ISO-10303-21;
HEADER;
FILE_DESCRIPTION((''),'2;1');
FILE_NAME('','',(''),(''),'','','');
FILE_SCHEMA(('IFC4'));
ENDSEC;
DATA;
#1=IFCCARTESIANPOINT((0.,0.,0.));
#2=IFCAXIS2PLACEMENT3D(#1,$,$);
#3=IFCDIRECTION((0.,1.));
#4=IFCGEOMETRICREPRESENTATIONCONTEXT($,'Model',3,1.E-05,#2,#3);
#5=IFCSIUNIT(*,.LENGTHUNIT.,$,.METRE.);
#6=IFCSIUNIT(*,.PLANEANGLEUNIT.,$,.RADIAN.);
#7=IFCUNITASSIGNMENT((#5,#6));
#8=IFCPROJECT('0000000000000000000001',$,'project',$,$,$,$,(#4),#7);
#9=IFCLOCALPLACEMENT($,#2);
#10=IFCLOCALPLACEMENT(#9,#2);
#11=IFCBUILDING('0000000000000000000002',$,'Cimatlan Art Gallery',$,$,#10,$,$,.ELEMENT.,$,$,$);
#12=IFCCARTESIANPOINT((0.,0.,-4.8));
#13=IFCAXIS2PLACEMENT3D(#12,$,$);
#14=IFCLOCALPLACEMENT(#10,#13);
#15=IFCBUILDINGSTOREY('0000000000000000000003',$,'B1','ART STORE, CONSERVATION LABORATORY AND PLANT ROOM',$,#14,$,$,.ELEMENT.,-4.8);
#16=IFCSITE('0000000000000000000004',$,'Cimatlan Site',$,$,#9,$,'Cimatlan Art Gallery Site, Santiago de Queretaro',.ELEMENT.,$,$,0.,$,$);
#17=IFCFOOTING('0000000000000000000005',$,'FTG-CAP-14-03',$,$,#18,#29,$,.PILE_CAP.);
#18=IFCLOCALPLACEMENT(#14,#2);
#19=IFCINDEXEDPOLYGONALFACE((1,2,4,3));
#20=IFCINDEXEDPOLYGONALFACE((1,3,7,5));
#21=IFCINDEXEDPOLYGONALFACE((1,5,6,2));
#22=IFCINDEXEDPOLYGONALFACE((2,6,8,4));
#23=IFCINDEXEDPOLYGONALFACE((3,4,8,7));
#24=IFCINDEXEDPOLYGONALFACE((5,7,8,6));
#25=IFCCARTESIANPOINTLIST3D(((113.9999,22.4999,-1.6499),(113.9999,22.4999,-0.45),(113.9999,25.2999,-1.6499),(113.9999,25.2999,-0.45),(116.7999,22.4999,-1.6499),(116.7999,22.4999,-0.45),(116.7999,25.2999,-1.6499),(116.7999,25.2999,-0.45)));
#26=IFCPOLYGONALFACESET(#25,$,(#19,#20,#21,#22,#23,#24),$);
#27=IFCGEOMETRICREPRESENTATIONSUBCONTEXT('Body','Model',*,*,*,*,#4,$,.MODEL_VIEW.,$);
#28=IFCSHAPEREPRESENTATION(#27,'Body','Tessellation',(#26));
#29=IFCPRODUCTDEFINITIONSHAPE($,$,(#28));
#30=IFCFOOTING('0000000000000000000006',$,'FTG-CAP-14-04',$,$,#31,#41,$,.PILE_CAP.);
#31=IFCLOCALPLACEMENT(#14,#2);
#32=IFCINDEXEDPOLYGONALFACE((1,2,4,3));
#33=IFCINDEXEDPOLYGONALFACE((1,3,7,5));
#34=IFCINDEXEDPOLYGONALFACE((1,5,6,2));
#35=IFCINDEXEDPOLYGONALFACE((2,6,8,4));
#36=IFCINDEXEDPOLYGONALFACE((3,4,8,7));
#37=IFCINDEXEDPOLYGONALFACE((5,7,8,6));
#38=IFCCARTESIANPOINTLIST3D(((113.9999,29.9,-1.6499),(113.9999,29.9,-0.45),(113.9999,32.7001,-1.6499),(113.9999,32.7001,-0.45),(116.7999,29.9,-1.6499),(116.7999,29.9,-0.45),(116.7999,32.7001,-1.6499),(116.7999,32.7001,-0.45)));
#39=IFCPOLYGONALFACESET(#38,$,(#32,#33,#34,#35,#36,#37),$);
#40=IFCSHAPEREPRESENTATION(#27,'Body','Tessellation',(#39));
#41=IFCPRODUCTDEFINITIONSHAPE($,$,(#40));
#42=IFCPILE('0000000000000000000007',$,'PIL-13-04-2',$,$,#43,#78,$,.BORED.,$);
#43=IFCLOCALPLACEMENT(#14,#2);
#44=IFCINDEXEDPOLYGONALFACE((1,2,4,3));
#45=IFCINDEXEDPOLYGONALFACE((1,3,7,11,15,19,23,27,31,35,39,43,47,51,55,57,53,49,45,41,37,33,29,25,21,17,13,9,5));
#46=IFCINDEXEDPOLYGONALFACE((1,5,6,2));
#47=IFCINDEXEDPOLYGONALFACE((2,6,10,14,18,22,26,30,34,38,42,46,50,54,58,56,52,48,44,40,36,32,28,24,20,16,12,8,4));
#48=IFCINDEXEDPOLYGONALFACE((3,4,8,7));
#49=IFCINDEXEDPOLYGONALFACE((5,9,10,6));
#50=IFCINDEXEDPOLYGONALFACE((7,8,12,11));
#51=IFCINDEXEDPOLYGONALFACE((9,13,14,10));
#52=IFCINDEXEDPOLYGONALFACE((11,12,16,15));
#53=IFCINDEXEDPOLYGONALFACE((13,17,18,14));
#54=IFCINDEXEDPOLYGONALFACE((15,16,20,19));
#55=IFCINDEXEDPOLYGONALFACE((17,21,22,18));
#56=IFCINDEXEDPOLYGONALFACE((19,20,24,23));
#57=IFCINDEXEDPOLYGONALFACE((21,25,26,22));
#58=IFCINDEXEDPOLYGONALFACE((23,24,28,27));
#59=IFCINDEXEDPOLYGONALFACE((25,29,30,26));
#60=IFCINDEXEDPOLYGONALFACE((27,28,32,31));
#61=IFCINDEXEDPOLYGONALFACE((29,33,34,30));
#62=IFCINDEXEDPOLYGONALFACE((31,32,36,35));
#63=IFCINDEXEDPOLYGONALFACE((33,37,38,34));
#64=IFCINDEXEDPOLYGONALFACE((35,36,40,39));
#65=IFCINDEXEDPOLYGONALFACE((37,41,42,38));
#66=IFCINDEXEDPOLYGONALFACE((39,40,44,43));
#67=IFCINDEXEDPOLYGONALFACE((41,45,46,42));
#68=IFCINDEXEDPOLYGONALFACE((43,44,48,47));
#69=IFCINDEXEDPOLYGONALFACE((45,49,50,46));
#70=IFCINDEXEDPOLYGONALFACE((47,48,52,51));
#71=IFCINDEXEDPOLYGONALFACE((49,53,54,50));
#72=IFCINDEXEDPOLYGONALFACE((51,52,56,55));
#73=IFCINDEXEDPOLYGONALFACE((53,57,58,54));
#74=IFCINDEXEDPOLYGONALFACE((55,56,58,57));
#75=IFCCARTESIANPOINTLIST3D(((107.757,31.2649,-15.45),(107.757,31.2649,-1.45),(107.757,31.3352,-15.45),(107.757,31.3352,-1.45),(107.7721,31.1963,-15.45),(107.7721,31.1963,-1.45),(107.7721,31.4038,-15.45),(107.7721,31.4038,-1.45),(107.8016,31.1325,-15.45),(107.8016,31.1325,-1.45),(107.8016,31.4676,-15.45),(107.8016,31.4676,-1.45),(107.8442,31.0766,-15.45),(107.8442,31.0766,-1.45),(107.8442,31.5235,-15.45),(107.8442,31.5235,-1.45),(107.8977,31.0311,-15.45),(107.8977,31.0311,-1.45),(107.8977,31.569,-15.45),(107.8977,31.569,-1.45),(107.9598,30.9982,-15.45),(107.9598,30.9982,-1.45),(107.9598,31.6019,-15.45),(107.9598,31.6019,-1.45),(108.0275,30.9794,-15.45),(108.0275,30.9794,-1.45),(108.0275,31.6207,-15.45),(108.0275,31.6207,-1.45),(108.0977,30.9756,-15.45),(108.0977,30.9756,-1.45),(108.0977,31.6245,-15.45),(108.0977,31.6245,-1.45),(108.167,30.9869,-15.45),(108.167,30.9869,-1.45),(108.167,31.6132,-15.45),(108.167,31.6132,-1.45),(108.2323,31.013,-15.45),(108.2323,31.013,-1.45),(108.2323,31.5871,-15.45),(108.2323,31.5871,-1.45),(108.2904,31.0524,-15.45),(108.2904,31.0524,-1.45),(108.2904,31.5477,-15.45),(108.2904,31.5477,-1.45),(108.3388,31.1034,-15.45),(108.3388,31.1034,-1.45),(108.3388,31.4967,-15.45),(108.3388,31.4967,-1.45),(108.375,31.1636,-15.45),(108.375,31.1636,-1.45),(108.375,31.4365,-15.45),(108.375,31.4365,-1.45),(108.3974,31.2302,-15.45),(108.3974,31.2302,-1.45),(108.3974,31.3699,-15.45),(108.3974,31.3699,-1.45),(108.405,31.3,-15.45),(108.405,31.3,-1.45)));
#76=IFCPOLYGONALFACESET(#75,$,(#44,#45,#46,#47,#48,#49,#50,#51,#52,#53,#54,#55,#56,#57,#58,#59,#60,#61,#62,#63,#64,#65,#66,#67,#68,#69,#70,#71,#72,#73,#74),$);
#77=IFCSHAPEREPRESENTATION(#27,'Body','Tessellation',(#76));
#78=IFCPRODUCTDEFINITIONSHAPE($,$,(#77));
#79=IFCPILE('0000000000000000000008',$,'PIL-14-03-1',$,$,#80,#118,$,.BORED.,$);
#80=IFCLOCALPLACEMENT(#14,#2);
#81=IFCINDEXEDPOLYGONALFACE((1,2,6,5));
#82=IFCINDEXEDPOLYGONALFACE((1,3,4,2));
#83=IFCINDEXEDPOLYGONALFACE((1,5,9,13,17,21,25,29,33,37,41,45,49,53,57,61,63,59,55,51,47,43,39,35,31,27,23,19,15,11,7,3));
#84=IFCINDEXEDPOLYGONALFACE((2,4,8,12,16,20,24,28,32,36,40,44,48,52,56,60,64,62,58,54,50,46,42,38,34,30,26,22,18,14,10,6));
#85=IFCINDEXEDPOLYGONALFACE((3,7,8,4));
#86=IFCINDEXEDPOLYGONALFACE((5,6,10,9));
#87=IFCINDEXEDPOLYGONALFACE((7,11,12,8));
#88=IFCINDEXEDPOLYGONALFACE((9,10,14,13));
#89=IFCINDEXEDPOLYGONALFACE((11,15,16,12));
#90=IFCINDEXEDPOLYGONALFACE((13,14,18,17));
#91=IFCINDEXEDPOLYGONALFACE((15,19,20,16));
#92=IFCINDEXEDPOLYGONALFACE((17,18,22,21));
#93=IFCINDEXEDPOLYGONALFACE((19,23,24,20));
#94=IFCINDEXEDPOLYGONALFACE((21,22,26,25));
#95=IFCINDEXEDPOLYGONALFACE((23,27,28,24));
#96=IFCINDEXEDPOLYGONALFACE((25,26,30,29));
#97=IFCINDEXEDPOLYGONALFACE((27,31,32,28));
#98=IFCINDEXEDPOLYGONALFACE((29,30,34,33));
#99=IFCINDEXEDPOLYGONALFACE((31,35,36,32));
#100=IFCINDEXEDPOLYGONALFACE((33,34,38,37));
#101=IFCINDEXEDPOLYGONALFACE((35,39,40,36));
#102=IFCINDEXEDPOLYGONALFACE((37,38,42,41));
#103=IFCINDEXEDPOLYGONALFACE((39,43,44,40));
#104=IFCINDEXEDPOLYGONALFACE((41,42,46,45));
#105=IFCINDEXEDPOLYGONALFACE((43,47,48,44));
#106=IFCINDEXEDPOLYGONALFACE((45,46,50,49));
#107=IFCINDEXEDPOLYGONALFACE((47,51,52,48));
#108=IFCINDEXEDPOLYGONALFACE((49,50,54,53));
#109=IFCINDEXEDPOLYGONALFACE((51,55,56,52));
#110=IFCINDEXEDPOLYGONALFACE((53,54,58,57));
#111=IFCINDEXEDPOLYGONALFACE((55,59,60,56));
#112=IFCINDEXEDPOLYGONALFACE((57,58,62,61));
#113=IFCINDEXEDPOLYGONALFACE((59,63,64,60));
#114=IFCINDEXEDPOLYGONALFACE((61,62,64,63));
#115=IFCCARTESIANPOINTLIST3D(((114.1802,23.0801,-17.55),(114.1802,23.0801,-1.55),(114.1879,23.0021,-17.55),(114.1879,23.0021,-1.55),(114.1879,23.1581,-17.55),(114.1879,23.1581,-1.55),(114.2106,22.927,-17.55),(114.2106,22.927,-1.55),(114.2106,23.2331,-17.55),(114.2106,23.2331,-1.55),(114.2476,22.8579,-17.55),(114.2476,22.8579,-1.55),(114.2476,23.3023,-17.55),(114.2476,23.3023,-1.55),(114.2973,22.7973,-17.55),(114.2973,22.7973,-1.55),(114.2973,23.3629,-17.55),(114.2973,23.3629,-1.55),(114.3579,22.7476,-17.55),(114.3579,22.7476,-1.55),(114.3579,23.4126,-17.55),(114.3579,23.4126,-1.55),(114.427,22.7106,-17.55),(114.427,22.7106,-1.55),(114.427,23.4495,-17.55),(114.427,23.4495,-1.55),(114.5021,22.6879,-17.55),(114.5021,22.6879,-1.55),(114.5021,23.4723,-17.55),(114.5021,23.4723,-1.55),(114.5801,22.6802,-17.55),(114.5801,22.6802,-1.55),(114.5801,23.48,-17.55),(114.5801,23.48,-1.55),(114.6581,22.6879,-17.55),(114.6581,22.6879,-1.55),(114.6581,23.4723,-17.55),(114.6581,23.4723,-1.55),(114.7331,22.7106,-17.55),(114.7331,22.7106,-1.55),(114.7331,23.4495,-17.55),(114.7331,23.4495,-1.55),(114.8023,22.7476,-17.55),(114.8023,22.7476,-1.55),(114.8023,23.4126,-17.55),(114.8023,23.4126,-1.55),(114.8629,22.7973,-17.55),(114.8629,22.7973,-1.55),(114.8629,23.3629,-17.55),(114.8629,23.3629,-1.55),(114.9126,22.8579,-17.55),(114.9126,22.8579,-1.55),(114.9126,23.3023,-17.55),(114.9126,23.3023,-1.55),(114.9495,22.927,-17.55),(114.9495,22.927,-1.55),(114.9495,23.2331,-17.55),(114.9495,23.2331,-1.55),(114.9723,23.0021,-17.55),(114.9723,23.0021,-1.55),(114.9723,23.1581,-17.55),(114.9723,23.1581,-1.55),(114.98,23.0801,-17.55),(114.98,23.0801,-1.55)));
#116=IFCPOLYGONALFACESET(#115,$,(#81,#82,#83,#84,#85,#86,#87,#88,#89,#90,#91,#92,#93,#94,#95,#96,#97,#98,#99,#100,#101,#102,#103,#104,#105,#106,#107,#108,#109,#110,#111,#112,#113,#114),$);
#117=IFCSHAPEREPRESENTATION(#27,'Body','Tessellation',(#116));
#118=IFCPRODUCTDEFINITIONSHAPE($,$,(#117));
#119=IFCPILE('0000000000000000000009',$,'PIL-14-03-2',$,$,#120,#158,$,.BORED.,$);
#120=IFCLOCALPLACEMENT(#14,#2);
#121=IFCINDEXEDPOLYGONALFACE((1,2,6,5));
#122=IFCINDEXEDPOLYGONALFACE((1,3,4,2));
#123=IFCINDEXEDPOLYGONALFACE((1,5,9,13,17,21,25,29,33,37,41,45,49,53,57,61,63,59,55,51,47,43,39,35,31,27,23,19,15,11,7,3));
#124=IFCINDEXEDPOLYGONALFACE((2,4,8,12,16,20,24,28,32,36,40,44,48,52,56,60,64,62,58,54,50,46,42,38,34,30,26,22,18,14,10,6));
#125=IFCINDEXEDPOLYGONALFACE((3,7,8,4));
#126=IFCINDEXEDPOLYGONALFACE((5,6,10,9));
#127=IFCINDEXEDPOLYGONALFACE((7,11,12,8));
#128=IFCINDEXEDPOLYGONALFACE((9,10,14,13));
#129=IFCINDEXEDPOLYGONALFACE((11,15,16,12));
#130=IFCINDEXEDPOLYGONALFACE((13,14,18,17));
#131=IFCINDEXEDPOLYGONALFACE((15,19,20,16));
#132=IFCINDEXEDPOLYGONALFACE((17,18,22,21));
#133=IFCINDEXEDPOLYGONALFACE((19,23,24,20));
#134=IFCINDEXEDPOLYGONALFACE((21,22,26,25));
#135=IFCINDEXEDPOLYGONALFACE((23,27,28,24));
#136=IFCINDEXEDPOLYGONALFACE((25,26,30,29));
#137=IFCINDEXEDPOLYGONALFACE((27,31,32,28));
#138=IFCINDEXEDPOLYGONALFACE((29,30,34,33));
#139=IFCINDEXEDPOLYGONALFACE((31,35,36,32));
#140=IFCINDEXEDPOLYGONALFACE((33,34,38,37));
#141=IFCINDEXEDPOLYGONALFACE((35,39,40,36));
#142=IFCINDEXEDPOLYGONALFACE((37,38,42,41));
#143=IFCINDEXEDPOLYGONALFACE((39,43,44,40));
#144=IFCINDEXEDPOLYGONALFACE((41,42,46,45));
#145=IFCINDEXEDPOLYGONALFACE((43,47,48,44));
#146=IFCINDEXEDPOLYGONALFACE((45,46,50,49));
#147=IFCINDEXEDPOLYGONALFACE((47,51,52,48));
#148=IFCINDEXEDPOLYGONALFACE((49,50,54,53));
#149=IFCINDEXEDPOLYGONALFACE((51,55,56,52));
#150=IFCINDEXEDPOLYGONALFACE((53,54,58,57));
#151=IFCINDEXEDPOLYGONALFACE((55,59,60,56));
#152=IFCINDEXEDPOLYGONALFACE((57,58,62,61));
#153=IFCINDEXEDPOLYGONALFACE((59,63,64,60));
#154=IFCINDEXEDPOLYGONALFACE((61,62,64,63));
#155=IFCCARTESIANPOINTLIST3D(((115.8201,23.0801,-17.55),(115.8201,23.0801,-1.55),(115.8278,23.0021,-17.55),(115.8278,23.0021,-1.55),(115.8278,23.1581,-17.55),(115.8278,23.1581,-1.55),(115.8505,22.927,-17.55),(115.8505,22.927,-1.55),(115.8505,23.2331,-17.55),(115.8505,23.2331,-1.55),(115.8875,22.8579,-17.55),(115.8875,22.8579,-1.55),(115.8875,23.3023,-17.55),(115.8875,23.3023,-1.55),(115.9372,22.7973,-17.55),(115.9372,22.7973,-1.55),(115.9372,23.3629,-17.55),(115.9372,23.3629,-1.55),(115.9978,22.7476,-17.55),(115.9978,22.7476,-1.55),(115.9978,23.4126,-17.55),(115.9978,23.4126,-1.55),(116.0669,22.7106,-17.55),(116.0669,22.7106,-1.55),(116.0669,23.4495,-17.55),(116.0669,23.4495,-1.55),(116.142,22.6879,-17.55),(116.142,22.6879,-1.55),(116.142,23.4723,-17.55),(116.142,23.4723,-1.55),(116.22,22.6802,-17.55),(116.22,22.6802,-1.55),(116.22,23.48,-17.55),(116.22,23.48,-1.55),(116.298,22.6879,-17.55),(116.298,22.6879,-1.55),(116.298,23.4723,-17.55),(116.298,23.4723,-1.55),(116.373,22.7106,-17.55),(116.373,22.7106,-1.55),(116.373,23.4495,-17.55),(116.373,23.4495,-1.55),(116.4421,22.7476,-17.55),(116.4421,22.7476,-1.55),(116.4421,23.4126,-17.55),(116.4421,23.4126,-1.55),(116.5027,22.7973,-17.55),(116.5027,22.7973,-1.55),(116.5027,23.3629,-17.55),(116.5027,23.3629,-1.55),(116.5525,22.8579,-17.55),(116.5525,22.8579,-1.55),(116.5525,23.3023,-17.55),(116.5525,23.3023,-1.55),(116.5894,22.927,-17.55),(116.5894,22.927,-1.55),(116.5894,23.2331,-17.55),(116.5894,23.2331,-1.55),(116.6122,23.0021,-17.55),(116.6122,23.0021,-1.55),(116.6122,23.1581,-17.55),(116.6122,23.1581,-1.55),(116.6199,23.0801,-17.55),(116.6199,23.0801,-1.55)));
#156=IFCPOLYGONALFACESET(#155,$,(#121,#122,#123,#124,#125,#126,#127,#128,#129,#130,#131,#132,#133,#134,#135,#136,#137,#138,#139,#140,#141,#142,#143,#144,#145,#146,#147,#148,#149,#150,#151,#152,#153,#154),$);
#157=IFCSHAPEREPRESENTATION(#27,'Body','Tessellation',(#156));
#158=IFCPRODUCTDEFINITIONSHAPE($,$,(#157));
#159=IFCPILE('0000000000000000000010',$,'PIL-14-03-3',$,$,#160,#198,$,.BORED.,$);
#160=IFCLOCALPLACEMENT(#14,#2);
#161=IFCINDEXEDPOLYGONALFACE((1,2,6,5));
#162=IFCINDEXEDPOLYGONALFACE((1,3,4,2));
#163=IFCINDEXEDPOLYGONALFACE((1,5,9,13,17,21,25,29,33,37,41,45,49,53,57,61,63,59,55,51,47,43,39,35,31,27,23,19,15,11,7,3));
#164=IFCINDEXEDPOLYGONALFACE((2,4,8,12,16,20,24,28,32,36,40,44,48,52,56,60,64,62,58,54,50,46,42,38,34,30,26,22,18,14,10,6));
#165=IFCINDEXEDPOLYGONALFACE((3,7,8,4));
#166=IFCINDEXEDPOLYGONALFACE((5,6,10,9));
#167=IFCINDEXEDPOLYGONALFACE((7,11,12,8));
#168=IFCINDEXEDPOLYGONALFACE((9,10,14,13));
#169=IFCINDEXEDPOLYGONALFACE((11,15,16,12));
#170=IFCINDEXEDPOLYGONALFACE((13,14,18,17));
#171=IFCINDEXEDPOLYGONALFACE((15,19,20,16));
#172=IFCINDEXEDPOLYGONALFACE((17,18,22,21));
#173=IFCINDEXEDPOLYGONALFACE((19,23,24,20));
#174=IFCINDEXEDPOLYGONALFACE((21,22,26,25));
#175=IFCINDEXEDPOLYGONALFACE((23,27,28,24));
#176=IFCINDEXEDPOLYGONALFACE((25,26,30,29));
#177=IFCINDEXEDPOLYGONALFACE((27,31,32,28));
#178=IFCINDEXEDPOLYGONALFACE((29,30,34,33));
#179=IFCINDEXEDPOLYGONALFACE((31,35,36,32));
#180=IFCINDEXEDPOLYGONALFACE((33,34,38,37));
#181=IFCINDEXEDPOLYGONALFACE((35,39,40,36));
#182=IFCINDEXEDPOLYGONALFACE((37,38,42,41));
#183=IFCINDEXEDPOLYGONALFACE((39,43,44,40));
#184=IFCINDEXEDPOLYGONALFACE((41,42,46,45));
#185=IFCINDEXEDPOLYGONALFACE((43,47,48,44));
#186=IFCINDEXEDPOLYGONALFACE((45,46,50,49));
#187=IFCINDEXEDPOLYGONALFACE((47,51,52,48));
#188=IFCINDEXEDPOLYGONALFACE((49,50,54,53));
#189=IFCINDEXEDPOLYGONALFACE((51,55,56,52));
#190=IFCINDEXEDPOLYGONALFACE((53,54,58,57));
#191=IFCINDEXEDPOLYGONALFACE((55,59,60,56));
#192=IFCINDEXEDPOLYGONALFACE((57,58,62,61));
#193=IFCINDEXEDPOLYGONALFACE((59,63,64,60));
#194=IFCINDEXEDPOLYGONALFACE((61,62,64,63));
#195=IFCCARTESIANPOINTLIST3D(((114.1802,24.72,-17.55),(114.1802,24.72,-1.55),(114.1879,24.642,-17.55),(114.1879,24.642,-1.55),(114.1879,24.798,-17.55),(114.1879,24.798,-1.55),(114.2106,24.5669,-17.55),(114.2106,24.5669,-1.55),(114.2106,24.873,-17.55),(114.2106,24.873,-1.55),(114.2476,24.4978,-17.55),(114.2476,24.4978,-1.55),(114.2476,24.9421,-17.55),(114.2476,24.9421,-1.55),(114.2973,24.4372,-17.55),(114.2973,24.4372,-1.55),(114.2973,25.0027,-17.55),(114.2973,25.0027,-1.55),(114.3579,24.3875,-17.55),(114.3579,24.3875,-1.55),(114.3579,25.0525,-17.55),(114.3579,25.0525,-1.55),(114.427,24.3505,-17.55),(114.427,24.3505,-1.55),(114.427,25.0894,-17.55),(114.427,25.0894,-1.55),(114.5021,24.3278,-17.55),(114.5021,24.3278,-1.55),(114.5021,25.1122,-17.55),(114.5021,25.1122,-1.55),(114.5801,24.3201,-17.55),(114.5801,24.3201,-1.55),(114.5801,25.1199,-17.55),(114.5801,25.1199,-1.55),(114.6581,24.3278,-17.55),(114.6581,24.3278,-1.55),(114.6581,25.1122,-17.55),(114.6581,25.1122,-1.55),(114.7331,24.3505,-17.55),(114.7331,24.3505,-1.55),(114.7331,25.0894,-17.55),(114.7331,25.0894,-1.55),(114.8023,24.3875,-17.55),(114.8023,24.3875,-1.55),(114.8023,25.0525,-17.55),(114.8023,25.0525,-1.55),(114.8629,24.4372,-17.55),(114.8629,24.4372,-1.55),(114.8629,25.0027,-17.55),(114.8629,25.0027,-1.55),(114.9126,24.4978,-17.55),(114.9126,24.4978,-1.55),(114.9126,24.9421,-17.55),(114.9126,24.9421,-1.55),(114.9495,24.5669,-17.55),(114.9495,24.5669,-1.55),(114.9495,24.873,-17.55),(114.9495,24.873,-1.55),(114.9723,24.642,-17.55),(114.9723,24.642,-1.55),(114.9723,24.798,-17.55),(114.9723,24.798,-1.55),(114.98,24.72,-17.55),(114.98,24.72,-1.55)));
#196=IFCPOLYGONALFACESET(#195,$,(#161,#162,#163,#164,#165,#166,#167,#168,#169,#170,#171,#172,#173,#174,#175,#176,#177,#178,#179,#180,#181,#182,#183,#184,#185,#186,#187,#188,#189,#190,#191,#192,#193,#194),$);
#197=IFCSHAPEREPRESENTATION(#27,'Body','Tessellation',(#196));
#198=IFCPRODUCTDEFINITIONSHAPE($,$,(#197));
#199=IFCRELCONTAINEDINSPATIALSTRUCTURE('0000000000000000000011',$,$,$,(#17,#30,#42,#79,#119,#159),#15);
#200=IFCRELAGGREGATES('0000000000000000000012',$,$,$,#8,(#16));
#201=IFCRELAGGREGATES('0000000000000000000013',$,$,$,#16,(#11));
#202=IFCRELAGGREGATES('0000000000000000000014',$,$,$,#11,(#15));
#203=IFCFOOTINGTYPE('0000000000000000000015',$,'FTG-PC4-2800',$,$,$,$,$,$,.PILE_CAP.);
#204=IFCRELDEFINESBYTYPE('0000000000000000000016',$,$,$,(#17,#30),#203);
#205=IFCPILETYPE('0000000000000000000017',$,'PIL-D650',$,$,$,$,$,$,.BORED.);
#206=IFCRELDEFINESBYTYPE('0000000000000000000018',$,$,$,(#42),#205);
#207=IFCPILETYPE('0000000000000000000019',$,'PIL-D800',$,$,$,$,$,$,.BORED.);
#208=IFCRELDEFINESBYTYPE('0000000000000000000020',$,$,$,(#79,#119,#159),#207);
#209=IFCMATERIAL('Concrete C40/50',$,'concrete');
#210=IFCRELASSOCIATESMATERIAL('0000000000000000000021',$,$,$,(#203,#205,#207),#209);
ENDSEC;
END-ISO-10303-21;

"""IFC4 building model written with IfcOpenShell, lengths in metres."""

from ifc_helpers import new_model, si_unit, direction, frame, origin, origin_2d, place, context, subcontext, project, spatial, rectangle, circle, extrude, material, type_object, element, save


model = new_model("IFC4")

# Units and contexts
model_context = context("Model", 3, precision=1e-05, world=origin(), true_north=direction((0.0, 1.0)))
body_context = subcontext(model_context, "Body", "Model", "MODEL_VIEW")
ifc_project = project(units=[si_unit("LENGTHUNIT", "METRE"), si_unit("PLANEANGLEUNIT", "RADIAN")], contexts=[model_context])

# Site, building, storey
site_placement = place(None, origin())
site = spatial("IfcSite", under=ifc_project, at=site_placement, Name="Cimatlan Site", LongName="Cimatlan Art Gallery Site, Santiago de Queretaro", CompositionType="ELEMENT", RefElevation=0.0)
building_placement = place(site_placement, origin())
building = spatial("IfcBuilding", under=site, at=building_placement, Name="Cimatlan Art Gallery", CompositionType="ELEMENT")
storey_placement = place(building_placement, frame((0.0, 0.0, -4.8)))
storey = spatial("IfcBuildingStorey", under=building, at=storey_placement, Name="B1", Description="ART STORE, CONSERVATION LABORATORY AND PLANT ROOM", CompositionType="ELEMENT", Elevation=-4.8)

# Footings
ifc_material_1 = material(Name="Concrete C40/50", Category="concrete")
footing_type = type_object("IfcFootingType", Name="FTG-PC4-2800", PredefinedType="PILE_CAP", material=ifc_material_1)
for number, where, z_axis, x_axis, name in (
    (1, (115.3999, 23.8999, -1.6499), (0.0, 0.0, 1.0), (1.0, 0.0, 0.0), "FTG-CAP-14-03"),
    (2, (115.3999, 31.3, -1.6499), (0.0, 0.0, 1.0), (1.0, 0.0, 0.0), "FTG-CAP-14-04"),
):
    element("IfcFooting", number, at=place(storey_placement, frame(where, z_axis=z_axis, x_axis=x_axis)), inside=storey, type_object=footing_type, Name=name, PredefinedType="PILE_CAP", context=body_context, shape_type="SweptSolid", body=[
        extrude(rectangle(XDim=2.8, YDim=2.8, at=origin_2d()), origin(), (0.0, 0.0, 1.0), 1.2),
    ])

# Piles
pile_type_1 = type_object("IfcPileType", Name="PIL-D650", PredefinedType="BORED", material=ifc_material_1)
pile_placement = place(storey_placement, frame((108.0801, 31.3, -1.45), z_axis=(0.0, 0.0, -1.0), x_axis=(1.0, 0.0, 0.0)))
element("IfcPile", 3, at=pile_placement, inside=storey, type_object=pile_type_1, Name="PIL-13-04-2", PredefinedType="BORED", context=body_context, shape_type="SweptSolid", body=[
    extrude(circle(Radius=0.325, at=origin_2d()), origin(), (0.0, 0.0, 1.0), 14.0),
])
pile_type_2 = type_object("IfcPileType", Name="PIL-D800", PredefinedType="BORED", material=ifc_material_1)
for number, where, z_axis, x_axis, name in (
    (4, (114.5801, 23.0801, -1.55), (0.0, 0.0, -1.0), (1.0, 0.0, 0.0), "PIL-14-03-1"),
    (5, (116.22, 23.0801, -1.55), (0.0, 0.0, -1.0), (1.0, 0.0, 0.0), "PIL-14-03-2"),
    (6, (114.5801, 24.72, -1.55), (0.0, 0.0, -1.0), (1.0, 0.0, 0.0), "PIL-14-03-3"),
):
    element("IfcPile", number, at=place(storey_placement, frame(where, z_axis=z_axis, x_axis=x_axis)), inside=storey, type_object=pile_type_2, Name=name, PredefinedType="BORED", context=body_context, shape_type="SweptSolid", body=[
        extrude(circle(Radius=0.3999, at=origin_2d()), origin(), (0.0, 0.0, 1.0), 16.0),
    ])

save(model, "model.ifc")
